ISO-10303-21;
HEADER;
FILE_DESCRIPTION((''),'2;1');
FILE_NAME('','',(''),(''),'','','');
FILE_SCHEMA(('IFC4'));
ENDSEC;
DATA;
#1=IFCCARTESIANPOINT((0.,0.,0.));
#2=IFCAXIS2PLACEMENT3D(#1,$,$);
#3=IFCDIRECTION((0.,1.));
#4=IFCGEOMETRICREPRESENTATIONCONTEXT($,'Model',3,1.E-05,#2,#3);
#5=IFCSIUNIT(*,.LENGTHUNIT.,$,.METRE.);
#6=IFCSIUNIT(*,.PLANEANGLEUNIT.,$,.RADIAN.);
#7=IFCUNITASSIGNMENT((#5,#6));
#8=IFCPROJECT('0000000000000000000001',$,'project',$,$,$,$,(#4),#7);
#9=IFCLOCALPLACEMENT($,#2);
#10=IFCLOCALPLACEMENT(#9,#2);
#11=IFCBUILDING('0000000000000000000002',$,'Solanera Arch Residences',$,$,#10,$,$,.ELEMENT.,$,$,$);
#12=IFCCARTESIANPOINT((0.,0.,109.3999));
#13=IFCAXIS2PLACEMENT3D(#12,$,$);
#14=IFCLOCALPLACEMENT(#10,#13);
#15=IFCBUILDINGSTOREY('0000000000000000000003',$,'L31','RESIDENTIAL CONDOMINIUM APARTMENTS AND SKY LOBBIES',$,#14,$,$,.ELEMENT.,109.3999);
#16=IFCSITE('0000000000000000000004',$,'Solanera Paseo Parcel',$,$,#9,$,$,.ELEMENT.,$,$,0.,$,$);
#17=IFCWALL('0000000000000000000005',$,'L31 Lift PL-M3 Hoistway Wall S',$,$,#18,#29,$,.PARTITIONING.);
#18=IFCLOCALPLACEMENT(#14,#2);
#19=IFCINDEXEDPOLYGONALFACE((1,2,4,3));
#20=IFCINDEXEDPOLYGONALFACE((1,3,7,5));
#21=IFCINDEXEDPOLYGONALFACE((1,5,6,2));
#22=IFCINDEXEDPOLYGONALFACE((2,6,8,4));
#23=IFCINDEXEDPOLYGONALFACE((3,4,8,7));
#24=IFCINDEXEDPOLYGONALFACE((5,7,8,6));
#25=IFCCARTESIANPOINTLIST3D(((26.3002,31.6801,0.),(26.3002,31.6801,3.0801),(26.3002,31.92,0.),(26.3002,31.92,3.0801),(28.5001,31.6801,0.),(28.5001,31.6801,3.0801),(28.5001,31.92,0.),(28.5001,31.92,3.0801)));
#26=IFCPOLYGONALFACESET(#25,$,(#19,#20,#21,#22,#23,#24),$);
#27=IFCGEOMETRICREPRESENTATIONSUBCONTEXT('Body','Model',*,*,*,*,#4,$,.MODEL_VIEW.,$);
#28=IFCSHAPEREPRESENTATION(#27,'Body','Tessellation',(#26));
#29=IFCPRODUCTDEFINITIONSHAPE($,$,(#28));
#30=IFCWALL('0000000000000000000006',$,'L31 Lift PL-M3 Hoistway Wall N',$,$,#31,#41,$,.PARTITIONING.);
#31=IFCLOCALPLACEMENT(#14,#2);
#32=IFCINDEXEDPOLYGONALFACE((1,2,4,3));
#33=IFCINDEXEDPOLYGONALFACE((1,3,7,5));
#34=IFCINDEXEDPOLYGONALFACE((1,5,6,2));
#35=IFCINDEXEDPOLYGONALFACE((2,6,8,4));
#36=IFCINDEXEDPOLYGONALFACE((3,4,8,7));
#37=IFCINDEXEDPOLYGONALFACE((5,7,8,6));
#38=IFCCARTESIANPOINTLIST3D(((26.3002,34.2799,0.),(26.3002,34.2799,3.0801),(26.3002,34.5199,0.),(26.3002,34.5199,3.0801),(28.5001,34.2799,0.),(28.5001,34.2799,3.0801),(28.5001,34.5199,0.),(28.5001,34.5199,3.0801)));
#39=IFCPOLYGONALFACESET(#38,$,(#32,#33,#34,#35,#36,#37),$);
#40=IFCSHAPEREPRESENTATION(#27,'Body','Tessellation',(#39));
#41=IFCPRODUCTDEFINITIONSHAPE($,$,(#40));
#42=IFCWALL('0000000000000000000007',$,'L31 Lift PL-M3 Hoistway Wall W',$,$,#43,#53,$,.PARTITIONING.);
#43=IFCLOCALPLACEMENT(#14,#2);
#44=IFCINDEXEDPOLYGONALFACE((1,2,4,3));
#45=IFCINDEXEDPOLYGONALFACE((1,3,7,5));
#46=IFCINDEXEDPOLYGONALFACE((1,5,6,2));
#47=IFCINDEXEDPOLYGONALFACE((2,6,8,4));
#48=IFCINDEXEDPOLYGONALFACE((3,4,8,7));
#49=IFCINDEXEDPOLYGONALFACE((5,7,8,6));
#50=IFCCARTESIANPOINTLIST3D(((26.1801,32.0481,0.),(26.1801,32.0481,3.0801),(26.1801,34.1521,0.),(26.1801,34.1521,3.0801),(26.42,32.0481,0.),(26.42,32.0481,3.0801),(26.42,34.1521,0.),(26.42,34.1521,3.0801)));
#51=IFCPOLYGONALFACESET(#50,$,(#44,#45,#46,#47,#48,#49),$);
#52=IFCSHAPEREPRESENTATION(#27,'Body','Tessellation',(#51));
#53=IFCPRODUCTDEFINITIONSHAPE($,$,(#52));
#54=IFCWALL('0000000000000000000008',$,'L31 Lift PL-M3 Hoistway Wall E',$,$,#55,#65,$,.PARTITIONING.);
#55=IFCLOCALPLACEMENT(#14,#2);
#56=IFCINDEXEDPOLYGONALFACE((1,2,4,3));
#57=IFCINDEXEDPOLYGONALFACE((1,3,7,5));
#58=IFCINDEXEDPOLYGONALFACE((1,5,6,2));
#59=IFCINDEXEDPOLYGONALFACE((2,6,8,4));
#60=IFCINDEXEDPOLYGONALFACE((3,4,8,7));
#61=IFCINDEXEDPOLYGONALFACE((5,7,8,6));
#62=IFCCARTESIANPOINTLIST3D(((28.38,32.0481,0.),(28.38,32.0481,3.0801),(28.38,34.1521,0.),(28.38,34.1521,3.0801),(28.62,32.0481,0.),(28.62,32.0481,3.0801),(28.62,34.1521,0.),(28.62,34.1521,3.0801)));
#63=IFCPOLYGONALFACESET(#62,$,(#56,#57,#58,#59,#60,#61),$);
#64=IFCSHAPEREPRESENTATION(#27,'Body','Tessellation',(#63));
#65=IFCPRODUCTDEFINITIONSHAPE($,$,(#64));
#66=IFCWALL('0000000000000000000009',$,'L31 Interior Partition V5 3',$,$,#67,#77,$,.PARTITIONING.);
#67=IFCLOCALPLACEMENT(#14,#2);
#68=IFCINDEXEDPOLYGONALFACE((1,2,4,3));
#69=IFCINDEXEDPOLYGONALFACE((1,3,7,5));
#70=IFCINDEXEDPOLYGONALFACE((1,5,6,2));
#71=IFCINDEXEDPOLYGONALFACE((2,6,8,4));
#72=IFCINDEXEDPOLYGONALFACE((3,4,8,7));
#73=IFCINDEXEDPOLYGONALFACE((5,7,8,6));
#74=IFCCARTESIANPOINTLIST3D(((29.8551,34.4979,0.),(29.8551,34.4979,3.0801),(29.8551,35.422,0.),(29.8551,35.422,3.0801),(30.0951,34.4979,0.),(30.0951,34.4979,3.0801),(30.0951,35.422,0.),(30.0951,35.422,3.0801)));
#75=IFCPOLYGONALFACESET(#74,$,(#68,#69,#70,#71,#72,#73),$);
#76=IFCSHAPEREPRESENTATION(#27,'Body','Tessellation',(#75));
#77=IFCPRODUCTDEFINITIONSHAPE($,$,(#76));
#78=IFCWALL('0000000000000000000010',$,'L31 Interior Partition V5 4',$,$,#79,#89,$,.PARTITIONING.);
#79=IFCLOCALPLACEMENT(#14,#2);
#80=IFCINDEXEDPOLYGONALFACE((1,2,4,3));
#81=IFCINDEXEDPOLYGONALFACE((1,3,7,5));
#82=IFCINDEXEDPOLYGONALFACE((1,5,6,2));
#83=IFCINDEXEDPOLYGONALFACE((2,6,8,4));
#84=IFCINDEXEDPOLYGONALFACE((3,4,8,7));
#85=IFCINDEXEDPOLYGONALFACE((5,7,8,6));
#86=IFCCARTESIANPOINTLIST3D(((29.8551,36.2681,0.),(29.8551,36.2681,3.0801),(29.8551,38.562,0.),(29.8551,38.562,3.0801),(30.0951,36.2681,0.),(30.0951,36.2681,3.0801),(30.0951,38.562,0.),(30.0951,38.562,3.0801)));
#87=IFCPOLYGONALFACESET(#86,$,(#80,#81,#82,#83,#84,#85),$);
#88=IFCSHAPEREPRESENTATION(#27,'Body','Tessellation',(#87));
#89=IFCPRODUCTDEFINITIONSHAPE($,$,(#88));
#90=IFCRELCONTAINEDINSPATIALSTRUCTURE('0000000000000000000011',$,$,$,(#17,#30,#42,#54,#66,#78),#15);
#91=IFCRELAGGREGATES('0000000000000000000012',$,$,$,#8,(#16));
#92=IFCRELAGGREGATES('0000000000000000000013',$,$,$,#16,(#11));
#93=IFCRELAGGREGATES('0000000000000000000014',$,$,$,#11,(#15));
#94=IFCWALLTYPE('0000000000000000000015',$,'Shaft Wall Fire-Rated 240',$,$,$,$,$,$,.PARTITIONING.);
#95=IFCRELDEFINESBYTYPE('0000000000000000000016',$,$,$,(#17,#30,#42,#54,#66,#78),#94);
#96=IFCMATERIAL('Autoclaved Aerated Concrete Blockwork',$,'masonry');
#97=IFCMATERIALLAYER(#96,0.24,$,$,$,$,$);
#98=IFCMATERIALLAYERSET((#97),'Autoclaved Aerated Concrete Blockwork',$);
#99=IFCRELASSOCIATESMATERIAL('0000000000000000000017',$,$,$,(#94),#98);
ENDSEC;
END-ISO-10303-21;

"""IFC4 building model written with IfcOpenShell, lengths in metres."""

from ifc_helpers import new_model, si_unit, direction, frame, frame_2d, origin, place, context, subcontext, project, spatial, rectangle, extrude, material, layer, layer_set, type_object, element, save


model = new_model("IFC4")

# Units and contexts
model_context = context("Model", 3, precision=1e-05, world=origin(), true_north=direction((0.0, 1.0)))
body_context = subcontext(model_context, "Body", "Model", "MODEL_VIEW")
ifc_project = project(units=[si_unit("LENGTHUNIT", "METRE"), si_unit("PLANEANGLEUNIT", "RADIAN")], contexts=[model_context])

# Site, building, storey
site_placement = place(None, origin())
site = spatial("IfcSite", under=ifc_project, at=site_placement, Name="Solanera Paseo Parcel", CompositionType="ELEMENT", RefElevation=0.0)
building_placement = place(site_placement, origin())
building = spatial("IfcBuilding", under=site, at=building_placement, Name="Solanera Arch Residences", CompositionType="ELEMENT")
storey_placement = place(building_placement, frame((0.0, 0.0, 109.3999)))
storey = spatial("IfcBuildingStorey", under=building, at=storey_placement, Name="L31", Description="RESIDENTIAL CONDOMINIUM APARTMENTS AND SKY LOBBIES", CompositionType="ELEMENT", Elevation=109.3999)

# Walls
ifc_material_1 = material(Name="Autoclaved Aerated Concrete Blockwork", Category="masonry")
ifc_layer_1 = layer(ifc_material_1, 0.24)
ifc_layer_set_1 = layer_set([ifc_layer_1], Name="Autoclaved Aerated Concrete Blockwork")
wall_type_1 = type_object("IfcWallType", Name="Shaft Wall Fire-Rated 240", PredefinedType="PARTITIONING", material=ifc_layer_set_1)
for number, where, z_axis, x_axis, name in (
    (1, (26.3, 31.8, 0.0), (0.0, 0.0, 1.0), (1.0, 0.0, 0.0), "L31 Lift PL-M3 Hoistway Wall S"),
    (2, (26.3, 34.3999, 0.0), (0.0, 0.0, 1.0), (1.0, 0.0, 0.0), "L31 Lift PL-M3 Hoistway Wall N"),
):
    element("IfcWall", number, at=place(storey_placement, frame(where, z_axis=z_axis, x_axis=x_axis)), inside=storey, type_object=wall_type_1, Name=name, PredefinedType="PARTITIONING", context=body_context, shape_type="SweptSolid", body=[
        extrude(rectangle(XDim=2.2, YDim=0.24, at=frame_2d((1.1001, 0.0))), origin(), (0.0, 0.0, 1.0), 3.0801),
    ])
for number, where, z_axis, x_axis, name in (
    (3, (26.3, 32.0481, 0.0), (0.0, 0.0, 1.0), (0.0, 1.0, 0.0), "L31 Lift PL-M3 Hoistway Wall W"),
    (4, (28.5, 32.0481, 0.0), (0.0, 0.0, 1.0), (0.0, 1.0, 0.0), "L31 Lift PL-M3 Hoistway Wall E"),
):
    element("IfcWall", number, at=place(storey_placement, frame(where, z_axis=z_axis, x_axis=x_axis)), inside=storey, type_object=wall_type_1, Name=name, PredefinedType="PARTITIONING", context=body_context, shape_type="SweptSolid", body=[
        extrude(rectangle(XDim=2.104, YDim=0.24, at=frame_2d((1.052, 0.0))), origin(), (0.0, 0.0, 1.0), 3.0801),
    ])

# Walls
wall_1_placement = place(storey_placement, frame((29.9751, 34.498, 0.0), z_axis=(0.0, 0.0, 1.0), x_axis=(0.0, 1.0, 0.0)))
element("IfcWall", 5, at=wall_1_placement, inside=storey, type_object=wall_type_1, Name="L31 Interior Partition V5 3", PredefinedType="PARTITIONING", context=body_context, shape_type="SweptSolid", body=[
    extrude(rectangle(XDim=0.9241, YDim=0.24, at=frame_2d((0.4619, 0.0))), origin(), (0.0, 0.0, 1.0), 3.0801),
])
wall_2_placement = place(storey_placement, frame((29.9751, 36.2681, 0.0), z_axis=(0.0, 0.0, 1.0), x_axis=(0.0, 1.0, 0.0)))
element("IfcWall", 6, at=wall_2_placement, inside=storey, type_object=wall_type_1, Name="L31 Interior Partition V5 4", PredefinedType="PARTITIONING", context=body_context, shape_type="SweptSolid", body=[
    extrude(rectangle(XDim=2.2939, YDim=0.24, at=frame_2d((1.147, 0.0))), origin(), (0.0, 0.0, 1.0), 3.0801),
])

save(model, "model.ifc")
